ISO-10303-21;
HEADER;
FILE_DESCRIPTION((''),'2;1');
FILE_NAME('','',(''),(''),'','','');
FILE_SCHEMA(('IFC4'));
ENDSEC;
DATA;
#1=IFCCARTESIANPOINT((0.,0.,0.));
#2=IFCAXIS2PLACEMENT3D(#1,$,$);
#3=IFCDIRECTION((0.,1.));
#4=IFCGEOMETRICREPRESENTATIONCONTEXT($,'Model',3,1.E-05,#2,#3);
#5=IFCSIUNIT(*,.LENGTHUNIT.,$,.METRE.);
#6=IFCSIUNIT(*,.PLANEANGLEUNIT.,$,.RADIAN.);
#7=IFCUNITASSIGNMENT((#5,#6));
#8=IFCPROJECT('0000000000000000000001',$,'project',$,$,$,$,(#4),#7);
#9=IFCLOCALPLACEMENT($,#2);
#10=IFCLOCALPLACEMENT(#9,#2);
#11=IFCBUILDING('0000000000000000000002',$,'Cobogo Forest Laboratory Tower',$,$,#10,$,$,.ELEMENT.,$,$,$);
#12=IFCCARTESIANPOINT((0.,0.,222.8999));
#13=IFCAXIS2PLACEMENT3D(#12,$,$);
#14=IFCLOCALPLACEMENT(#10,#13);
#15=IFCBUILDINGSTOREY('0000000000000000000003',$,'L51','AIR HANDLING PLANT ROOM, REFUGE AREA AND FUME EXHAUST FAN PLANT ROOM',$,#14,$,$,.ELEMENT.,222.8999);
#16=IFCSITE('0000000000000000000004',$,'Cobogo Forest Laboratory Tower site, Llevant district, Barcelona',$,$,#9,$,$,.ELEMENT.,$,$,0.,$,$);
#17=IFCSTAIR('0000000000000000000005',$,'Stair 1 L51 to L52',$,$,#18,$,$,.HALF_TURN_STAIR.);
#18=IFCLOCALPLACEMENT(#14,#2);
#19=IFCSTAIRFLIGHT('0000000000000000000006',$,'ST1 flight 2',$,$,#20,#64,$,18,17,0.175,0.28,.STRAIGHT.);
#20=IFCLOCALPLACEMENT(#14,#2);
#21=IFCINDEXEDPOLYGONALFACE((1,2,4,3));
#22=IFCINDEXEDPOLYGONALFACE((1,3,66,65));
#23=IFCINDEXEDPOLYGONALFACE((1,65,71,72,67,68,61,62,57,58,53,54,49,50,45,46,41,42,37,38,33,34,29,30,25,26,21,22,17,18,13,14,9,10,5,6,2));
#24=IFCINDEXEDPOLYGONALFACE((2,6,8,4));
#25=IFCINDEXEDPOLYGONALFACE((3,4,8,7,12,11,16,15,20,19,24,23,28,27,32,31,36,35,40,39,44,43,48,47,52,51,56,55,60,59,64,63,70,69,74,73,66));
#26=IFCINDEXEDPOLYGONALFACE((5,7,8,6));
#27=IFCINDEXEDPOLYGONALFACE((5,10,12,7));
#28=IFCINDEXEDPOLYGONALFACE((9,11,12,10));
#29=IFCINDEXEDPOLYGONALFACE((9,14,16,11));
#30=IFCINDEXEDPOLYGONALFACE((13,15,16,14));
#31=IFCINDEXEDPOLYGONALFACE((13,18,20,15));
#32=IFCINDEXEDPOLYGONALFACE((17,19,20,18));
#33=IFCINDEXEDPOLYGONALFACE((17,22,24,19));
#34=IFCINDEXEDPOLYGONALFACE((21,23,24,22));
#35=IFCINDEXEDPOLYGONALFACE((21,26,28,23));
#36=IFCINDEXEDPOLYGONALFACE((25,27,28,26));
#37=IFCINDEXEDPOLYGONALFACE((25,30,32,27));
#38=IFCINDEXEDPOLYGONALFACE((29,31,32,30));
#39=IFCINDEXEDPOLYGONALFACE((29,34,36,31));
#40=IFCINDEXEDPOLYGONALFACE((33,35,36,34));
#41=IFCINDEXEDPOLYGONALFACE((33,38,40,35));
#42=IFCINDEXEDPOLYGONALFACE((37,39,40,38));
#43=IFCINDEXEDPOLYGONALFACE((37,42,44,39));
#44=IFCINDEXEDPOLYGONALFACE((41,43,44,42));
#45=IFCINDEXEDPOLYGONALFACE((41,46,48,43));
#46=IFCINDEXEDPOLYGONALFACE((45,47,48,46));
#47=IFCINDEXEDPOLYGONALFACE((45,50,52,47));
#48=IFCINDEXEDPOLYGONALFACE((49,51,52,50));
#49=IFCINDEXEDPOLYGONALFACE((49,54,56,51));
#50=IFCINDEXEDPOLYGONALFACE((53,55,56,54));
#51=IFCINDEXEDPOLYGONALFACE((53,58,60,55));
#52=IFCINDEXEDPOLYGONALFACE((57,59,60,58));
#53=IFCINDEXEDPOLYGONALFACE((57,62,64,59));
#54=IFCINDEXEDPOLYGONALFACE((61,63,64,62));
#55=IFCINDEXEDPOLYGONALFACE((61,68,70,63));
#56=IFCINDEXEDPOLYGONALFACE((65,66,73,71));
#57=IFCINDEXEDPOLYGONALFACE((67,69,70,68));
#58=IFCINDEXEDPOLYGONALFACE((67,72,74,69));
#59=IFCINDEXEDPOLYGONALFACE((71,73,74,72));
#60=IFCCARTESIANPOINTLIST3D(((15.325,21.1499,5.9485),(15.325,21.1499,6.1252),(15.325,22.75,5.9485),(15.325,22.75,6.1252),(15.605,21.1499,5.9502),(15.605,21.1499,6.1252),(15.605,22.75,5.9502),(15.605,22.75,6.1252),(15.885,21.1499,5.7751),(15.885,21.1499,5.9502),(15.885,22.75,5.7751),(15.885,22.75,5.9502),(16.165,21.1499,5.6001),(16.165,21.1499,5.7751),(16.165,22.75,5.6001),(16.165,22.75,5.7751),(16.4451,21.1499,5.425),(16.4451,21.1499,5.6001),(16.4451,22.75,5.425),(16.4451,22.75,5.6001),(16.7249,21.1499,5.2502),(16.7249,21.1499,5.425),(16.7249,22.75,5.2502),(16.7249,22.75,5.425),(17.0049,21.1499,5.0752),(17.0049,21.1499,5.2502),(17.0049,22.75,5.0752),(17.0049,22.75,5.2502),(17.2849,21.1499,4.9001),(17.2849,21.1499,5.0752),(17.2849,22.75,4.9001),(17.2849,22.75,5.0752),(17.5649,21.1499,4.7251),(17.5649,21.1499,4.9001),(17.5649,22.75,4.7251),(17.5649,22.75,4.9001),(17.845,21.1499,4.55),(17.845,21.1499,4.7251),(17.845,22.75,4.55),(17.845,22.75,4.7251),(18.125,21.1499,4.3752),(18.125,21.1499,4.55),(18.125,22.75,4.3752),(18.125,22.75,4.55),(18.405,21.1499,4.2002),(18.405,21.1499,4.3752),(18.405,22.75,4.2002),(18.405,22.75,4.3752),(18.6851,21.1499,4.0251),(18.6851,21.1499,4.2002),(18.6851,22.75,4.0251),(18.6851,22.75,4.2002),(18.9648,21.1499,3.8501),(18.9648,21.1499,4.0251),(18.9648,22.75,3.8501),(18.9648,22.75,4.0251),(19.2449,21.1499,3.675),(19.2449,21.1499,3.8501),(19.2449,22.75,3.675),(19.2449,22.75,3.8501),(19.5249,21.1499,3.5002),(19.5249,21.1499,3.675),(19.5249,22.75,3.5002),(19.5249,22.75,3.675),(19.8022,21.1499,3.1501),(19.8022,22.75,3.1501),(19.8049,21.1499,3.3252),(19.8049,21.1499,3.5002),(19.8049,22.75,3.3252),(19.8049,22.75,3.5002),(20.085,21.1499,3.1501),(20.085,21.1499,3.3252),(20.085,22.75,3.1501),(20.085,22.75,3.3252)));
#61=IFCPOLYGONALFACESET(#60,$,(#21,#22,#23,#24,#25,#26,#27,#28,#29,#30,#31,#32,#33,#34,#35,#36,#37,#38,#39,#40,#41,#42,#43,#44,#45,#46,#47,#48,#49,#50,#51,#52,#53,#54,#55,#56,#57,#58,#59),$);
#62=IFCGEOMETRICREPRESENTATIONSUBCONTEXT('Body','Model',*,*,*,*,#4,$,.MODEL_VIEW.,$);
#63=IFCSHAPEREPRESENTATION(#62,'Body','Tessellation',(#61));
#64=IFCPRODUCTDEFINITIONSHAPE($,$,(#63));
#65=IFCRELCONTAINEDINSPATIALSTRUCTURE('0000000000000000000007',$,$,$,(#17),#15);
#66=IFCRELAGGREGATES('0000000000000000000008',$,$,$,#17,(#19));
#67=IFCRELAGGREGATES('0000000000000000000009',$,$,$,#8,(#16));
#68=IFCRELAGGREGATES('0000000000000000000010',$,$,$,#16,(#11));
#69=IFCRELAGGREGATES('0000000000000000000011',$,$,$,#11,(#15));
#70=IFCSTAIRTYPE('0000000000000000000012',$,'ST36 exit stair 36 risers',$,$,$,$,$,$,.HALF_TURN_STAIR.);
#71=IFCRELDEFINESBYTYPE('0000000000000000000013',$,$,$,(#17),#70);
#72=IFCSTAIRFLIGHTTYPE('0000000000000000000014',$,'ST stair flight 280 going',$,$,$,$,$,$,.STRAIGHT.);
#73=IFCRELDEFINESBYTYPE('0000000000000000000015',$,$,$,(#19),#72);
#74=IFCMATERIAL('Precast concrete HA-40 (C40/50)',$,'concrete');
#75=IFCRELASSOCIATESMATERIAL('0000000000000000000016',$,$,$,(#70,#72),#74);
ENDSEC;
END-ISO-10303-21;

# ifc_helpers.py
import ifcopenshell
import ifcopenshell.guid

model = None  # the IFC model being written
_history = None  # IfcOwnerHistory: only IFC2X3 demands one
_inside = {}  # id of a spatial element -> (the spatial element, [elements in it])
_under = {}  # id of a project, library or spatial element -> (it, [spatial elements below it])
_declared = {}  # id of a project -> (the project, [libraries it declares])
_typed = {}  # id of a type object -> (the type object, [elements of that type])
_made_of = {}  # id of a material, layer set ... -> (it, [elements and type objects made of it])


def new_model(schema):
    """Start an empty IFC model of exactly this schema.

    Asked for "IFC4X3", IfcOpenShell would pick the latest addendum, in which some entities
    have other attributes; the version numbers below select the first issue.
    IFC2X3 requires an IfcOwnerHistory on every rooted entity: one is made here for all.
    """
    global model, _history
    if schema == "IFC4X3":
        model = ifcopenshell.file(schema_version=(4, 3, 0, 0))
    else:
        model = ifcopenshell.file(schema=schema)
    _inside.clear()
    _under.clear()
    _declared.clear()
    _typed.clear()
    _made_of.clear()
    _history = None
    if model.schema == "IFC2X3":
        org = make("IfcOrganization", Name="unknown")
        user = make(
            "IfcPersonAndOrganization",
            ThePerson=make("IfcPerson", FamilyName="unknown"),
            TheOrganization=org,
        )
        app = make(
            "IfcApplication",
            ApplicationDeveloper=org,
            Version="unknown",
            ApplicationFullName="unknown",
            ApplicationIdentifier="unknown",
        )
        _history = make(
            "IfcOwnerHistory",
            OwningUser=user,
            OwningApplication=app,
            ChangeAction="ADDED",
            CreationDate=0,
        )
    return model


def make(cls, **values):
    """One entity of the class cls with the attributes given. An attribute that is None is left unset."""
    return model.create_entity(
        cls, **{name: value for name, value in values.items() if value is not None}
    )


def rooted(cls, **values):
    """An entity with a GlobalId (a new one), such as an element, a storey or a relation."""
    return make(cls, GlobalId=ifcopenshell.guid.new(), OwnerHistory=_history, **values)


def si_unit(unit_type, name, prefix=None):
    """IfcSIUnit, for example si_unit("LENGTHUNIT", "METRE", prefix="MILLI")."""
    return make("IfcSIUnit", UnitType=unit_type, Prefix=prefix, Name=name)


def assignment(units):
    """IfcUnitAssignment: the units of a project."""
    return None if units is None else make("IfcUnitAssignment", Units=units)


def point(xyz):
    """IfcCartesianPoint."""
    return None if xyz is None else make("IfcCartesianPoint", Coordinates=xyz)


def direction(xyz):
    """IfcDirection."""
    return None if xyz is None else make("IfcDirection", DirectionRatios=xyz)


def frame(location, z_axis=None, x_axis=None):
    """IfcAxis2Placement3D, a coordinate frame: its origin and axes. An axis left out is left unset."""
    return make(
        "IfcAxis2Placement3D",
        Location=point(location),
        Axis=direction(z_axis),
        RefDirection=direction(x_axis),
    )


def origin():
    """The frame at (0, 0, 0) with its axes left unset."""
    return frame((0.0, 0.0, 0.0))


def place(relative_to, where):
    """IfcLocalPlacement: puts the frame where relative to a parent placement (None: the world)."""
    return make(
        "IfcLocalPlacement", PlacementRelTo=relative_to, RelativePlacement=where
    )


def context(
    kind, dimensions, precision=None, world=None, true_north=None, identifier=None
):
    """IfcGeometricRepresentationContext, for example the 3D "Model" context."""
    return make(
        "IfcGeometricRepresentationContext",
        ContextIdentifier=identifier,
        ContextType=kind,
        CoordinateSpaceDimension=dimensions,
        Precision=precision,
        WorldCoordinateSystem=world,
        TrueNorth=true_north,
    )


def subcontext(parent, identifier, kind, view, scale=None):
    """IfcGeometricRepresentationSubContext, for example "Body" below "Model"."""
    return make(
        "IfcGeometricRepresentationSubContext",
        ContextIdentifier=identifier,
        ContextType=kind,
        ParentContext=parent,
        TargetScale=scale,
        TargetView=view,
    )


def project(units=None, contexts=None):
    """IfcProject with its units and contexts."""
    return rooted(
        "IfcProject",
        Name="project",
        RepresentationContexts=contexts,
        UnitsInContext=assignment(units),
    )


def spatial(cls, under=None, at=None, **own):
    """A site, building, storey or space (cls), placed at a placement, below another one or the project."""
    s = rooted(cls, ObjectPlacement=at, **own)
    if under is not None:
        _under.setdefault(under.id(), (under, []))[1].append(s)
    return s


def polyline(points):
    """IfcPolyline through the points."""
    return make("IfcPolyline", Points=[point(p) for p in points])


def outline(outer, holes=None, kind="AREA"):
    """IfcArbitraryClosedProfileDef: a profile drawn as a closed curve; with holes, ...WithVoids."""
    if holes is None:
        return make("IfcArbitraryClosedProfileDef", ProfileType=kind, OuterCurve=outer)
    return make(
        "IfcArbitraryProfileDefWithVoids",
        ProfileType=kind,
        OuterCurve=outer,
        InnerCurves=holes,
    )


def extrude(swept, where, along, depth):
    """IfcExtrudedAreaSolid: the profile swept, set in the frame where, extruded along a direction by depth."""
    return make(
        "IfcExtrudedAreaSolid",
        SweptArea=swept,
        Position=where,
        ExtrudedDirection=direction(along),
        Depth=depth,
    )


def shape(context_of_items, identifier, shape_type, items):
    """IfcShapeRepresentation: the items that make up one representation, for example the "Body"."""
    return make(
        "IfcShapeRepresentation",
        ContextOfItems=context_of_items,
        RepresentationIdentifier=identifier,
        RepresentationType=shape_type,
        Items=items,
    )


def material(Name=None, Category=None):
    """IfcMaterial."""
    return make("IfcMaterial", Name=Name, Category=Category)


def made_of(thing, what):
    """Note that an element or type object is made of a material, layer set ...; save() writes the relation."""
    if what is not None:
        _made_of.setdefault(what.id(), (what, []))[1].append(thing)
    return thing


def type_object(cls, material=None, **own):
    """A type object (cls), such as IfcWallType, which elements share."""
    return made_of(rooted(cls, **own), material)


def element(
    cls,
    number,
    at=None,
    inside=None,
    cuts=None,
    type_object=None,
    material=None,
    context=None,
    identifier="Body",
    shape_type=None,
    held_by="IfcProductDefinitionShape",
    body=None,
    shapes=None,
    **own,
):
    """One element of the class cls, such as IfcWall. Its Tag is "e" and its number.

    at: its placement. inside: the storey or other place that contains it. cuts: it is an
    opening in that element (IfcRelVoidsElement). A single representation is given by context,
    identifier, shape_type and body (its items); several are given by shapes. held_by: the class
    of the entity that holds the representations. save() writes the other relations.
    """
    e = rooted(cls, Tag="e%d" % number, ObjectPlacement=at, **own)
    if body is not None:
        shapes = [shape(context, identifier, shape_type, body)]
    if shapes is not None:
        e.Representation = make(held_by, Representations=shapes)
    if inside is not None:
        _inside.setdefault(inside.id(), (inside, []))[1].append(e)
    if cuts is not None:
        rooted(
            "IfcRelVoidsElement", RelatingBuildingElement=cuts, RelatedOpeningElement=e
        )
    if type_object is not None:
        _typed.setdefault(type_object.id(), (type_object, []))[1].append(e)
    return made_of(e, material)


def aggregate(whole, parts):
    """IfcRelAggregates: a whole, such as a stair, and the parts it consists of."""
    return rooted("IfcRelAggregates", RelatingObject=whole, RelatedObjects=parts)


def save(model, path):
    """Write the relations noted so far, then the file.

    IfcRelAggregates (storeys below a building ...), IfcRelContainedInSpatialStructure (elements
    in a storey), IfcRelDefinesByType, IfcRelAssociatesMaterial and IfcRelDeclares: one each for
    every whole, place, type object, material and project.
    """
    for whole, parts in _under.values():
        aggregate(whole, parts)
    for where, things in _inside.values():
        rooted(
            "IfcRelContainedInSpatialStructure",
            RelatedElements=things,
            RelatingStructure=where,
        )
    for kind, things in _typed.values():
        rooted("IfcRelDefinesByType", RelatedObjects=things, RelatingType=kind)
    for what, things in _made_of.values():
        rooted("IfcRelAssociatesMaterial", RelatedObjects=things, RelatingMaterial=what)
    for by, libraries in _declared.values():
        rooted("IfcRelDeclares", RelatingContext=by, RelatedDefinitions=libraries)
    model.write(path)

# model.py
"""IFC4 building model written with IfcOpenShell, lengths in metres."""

from ifc_helpers import new_model, si_unit, direction, frame, origin, place, context, subcontext, project, spatial, polyline, outline, extrude, material, type_object, element, aggregate, save


model = new_model("IFC4")

# Units and contexts
model_context = context("Model", 3, precision=1e-05, world=origin(), true_north=direction((0.0, 1.0)))
body_context = subcontext(model_context, "Body", "Model", "MODEL_VIEW")
ifc_project = project(units=[si_unit("LENGTHUNIT", "METRE"), si_unit("PLANEANGLEUNIT", "RADIAN")], contexts=[model_context])

# Site, building, storey
site_placement = place(None, origin())
site = spatial("IfcSite", under=ifc_project, at=site_placement, Name="Cobogo Forest Laboratory Tower site, Llevant district, Barcelona", CompositionType="ELEMENT", RefElevation=0.0)
building_placement = place(site_placement, origin())
building = spatial("IfcBuilding", under=site, at=building_placement, Name="Cobogo Forest Laboratory Tower", CompositionType="ELEMENT")
storey_placement = place(building_placement, frame((0.0, 0.0, 222.8999)))
storey = spatial("IfcBuildingStorey", under=building, at=storey_placement, Name="L51", Description="AIR HANDLING PLANT ROOM, REFUGE AREA AND FUME EXHAUST FAN PLANT ROOM", CompositionType="ELEMENT", Elevation=222.8999)

# Stair, stair flight
ifc_material_1 = material(Name="Precast concrete HA-40 (C40/50)", Category="concrete")
stair_type = type_object("IfcStairType", Name="ST36 exit stair 36 risers", PredefinedType="HALF_TURN_STAIR", material=ifc_material_1)
stair_placement = place(storey_placement, origin())
stair = element("IfcStair", 1, at=stair_placement, inside=storey, type_object=stair_type, Name="Stair 1 L51 to L52", PredefinedType="HALF_TURN_STAIR")
stair_flight_type = type_object("IfcStairFlightType", Name="ST stair flight 280 going", PredefinedType="STRAIGHT", material=ifc_material_1)
stair_flight_1_placement = place(storey_placement, frame((20.085, 21.95, 3.1501), z_axis=(0.0, 0.0, 1.0), x_axis=(-1.0, 0.0, 0.0)))
stair_flight_1 = element("IfcStairFlight", 2, at=stair_flight_1_placement, type_object=stair_flight_type, Name="ST1 flight 2", NumberOfRisers=18, NumberOfTreads=17, PredefinedType="STRAIGHT", RiserHeight=0.175, TreadLength=0.28, context=body_context, shape_type="SweptSolid", body=[
    extrude(outline(polyline([(0.0, 0.0), (0.0, 0.175), (0.28, 0.175), (0.28, 0.3501), (0.5601, 0.3501), (0.5601, 0.5249), (0.8401, 0.5249), (0.8401, 0.7), (1.1201, 0.7), (1.1201, 0.875), (1.3999, 0.875), (1.3999, 1.05), (1.6799, 1.05), (1.6799, 1.2251), (1.96, 1.2251), (1.96, 1.3999), (2.24, 1.3999), (2.24, 1.575), (2.52, 1.575), (2.52, 1.75), (2.8, 1.75), (2.8, 1.925), (3.0801, 1.925), (3.0801, 2.1001), (3.3601, 2.1001), (3.3601, 2.2749), (3.6399, 2.2749), (3.6399, 2.45), (3.9199, 2.45), (3.9199, 2.625), (4.2, 2.625), (4.2, 2.8), (4.48, 2.8), (4.48, 2.9751), (4.76, 2.9751), (4.76, 3.1499), (4.76, 2.7983), (0.2827, 0.0), (0.0, 0.0)])), frame((0.0, 0.8, 0.0), z_axis=(0.0, -1.0, 0.0), x_axis=(1.0, 0.0, 0.0)), (0.0, 0.0, 1.0), 1.6001),
])
aggregate(stair, [stair_flight_1])

save(model, "model.ifc")
